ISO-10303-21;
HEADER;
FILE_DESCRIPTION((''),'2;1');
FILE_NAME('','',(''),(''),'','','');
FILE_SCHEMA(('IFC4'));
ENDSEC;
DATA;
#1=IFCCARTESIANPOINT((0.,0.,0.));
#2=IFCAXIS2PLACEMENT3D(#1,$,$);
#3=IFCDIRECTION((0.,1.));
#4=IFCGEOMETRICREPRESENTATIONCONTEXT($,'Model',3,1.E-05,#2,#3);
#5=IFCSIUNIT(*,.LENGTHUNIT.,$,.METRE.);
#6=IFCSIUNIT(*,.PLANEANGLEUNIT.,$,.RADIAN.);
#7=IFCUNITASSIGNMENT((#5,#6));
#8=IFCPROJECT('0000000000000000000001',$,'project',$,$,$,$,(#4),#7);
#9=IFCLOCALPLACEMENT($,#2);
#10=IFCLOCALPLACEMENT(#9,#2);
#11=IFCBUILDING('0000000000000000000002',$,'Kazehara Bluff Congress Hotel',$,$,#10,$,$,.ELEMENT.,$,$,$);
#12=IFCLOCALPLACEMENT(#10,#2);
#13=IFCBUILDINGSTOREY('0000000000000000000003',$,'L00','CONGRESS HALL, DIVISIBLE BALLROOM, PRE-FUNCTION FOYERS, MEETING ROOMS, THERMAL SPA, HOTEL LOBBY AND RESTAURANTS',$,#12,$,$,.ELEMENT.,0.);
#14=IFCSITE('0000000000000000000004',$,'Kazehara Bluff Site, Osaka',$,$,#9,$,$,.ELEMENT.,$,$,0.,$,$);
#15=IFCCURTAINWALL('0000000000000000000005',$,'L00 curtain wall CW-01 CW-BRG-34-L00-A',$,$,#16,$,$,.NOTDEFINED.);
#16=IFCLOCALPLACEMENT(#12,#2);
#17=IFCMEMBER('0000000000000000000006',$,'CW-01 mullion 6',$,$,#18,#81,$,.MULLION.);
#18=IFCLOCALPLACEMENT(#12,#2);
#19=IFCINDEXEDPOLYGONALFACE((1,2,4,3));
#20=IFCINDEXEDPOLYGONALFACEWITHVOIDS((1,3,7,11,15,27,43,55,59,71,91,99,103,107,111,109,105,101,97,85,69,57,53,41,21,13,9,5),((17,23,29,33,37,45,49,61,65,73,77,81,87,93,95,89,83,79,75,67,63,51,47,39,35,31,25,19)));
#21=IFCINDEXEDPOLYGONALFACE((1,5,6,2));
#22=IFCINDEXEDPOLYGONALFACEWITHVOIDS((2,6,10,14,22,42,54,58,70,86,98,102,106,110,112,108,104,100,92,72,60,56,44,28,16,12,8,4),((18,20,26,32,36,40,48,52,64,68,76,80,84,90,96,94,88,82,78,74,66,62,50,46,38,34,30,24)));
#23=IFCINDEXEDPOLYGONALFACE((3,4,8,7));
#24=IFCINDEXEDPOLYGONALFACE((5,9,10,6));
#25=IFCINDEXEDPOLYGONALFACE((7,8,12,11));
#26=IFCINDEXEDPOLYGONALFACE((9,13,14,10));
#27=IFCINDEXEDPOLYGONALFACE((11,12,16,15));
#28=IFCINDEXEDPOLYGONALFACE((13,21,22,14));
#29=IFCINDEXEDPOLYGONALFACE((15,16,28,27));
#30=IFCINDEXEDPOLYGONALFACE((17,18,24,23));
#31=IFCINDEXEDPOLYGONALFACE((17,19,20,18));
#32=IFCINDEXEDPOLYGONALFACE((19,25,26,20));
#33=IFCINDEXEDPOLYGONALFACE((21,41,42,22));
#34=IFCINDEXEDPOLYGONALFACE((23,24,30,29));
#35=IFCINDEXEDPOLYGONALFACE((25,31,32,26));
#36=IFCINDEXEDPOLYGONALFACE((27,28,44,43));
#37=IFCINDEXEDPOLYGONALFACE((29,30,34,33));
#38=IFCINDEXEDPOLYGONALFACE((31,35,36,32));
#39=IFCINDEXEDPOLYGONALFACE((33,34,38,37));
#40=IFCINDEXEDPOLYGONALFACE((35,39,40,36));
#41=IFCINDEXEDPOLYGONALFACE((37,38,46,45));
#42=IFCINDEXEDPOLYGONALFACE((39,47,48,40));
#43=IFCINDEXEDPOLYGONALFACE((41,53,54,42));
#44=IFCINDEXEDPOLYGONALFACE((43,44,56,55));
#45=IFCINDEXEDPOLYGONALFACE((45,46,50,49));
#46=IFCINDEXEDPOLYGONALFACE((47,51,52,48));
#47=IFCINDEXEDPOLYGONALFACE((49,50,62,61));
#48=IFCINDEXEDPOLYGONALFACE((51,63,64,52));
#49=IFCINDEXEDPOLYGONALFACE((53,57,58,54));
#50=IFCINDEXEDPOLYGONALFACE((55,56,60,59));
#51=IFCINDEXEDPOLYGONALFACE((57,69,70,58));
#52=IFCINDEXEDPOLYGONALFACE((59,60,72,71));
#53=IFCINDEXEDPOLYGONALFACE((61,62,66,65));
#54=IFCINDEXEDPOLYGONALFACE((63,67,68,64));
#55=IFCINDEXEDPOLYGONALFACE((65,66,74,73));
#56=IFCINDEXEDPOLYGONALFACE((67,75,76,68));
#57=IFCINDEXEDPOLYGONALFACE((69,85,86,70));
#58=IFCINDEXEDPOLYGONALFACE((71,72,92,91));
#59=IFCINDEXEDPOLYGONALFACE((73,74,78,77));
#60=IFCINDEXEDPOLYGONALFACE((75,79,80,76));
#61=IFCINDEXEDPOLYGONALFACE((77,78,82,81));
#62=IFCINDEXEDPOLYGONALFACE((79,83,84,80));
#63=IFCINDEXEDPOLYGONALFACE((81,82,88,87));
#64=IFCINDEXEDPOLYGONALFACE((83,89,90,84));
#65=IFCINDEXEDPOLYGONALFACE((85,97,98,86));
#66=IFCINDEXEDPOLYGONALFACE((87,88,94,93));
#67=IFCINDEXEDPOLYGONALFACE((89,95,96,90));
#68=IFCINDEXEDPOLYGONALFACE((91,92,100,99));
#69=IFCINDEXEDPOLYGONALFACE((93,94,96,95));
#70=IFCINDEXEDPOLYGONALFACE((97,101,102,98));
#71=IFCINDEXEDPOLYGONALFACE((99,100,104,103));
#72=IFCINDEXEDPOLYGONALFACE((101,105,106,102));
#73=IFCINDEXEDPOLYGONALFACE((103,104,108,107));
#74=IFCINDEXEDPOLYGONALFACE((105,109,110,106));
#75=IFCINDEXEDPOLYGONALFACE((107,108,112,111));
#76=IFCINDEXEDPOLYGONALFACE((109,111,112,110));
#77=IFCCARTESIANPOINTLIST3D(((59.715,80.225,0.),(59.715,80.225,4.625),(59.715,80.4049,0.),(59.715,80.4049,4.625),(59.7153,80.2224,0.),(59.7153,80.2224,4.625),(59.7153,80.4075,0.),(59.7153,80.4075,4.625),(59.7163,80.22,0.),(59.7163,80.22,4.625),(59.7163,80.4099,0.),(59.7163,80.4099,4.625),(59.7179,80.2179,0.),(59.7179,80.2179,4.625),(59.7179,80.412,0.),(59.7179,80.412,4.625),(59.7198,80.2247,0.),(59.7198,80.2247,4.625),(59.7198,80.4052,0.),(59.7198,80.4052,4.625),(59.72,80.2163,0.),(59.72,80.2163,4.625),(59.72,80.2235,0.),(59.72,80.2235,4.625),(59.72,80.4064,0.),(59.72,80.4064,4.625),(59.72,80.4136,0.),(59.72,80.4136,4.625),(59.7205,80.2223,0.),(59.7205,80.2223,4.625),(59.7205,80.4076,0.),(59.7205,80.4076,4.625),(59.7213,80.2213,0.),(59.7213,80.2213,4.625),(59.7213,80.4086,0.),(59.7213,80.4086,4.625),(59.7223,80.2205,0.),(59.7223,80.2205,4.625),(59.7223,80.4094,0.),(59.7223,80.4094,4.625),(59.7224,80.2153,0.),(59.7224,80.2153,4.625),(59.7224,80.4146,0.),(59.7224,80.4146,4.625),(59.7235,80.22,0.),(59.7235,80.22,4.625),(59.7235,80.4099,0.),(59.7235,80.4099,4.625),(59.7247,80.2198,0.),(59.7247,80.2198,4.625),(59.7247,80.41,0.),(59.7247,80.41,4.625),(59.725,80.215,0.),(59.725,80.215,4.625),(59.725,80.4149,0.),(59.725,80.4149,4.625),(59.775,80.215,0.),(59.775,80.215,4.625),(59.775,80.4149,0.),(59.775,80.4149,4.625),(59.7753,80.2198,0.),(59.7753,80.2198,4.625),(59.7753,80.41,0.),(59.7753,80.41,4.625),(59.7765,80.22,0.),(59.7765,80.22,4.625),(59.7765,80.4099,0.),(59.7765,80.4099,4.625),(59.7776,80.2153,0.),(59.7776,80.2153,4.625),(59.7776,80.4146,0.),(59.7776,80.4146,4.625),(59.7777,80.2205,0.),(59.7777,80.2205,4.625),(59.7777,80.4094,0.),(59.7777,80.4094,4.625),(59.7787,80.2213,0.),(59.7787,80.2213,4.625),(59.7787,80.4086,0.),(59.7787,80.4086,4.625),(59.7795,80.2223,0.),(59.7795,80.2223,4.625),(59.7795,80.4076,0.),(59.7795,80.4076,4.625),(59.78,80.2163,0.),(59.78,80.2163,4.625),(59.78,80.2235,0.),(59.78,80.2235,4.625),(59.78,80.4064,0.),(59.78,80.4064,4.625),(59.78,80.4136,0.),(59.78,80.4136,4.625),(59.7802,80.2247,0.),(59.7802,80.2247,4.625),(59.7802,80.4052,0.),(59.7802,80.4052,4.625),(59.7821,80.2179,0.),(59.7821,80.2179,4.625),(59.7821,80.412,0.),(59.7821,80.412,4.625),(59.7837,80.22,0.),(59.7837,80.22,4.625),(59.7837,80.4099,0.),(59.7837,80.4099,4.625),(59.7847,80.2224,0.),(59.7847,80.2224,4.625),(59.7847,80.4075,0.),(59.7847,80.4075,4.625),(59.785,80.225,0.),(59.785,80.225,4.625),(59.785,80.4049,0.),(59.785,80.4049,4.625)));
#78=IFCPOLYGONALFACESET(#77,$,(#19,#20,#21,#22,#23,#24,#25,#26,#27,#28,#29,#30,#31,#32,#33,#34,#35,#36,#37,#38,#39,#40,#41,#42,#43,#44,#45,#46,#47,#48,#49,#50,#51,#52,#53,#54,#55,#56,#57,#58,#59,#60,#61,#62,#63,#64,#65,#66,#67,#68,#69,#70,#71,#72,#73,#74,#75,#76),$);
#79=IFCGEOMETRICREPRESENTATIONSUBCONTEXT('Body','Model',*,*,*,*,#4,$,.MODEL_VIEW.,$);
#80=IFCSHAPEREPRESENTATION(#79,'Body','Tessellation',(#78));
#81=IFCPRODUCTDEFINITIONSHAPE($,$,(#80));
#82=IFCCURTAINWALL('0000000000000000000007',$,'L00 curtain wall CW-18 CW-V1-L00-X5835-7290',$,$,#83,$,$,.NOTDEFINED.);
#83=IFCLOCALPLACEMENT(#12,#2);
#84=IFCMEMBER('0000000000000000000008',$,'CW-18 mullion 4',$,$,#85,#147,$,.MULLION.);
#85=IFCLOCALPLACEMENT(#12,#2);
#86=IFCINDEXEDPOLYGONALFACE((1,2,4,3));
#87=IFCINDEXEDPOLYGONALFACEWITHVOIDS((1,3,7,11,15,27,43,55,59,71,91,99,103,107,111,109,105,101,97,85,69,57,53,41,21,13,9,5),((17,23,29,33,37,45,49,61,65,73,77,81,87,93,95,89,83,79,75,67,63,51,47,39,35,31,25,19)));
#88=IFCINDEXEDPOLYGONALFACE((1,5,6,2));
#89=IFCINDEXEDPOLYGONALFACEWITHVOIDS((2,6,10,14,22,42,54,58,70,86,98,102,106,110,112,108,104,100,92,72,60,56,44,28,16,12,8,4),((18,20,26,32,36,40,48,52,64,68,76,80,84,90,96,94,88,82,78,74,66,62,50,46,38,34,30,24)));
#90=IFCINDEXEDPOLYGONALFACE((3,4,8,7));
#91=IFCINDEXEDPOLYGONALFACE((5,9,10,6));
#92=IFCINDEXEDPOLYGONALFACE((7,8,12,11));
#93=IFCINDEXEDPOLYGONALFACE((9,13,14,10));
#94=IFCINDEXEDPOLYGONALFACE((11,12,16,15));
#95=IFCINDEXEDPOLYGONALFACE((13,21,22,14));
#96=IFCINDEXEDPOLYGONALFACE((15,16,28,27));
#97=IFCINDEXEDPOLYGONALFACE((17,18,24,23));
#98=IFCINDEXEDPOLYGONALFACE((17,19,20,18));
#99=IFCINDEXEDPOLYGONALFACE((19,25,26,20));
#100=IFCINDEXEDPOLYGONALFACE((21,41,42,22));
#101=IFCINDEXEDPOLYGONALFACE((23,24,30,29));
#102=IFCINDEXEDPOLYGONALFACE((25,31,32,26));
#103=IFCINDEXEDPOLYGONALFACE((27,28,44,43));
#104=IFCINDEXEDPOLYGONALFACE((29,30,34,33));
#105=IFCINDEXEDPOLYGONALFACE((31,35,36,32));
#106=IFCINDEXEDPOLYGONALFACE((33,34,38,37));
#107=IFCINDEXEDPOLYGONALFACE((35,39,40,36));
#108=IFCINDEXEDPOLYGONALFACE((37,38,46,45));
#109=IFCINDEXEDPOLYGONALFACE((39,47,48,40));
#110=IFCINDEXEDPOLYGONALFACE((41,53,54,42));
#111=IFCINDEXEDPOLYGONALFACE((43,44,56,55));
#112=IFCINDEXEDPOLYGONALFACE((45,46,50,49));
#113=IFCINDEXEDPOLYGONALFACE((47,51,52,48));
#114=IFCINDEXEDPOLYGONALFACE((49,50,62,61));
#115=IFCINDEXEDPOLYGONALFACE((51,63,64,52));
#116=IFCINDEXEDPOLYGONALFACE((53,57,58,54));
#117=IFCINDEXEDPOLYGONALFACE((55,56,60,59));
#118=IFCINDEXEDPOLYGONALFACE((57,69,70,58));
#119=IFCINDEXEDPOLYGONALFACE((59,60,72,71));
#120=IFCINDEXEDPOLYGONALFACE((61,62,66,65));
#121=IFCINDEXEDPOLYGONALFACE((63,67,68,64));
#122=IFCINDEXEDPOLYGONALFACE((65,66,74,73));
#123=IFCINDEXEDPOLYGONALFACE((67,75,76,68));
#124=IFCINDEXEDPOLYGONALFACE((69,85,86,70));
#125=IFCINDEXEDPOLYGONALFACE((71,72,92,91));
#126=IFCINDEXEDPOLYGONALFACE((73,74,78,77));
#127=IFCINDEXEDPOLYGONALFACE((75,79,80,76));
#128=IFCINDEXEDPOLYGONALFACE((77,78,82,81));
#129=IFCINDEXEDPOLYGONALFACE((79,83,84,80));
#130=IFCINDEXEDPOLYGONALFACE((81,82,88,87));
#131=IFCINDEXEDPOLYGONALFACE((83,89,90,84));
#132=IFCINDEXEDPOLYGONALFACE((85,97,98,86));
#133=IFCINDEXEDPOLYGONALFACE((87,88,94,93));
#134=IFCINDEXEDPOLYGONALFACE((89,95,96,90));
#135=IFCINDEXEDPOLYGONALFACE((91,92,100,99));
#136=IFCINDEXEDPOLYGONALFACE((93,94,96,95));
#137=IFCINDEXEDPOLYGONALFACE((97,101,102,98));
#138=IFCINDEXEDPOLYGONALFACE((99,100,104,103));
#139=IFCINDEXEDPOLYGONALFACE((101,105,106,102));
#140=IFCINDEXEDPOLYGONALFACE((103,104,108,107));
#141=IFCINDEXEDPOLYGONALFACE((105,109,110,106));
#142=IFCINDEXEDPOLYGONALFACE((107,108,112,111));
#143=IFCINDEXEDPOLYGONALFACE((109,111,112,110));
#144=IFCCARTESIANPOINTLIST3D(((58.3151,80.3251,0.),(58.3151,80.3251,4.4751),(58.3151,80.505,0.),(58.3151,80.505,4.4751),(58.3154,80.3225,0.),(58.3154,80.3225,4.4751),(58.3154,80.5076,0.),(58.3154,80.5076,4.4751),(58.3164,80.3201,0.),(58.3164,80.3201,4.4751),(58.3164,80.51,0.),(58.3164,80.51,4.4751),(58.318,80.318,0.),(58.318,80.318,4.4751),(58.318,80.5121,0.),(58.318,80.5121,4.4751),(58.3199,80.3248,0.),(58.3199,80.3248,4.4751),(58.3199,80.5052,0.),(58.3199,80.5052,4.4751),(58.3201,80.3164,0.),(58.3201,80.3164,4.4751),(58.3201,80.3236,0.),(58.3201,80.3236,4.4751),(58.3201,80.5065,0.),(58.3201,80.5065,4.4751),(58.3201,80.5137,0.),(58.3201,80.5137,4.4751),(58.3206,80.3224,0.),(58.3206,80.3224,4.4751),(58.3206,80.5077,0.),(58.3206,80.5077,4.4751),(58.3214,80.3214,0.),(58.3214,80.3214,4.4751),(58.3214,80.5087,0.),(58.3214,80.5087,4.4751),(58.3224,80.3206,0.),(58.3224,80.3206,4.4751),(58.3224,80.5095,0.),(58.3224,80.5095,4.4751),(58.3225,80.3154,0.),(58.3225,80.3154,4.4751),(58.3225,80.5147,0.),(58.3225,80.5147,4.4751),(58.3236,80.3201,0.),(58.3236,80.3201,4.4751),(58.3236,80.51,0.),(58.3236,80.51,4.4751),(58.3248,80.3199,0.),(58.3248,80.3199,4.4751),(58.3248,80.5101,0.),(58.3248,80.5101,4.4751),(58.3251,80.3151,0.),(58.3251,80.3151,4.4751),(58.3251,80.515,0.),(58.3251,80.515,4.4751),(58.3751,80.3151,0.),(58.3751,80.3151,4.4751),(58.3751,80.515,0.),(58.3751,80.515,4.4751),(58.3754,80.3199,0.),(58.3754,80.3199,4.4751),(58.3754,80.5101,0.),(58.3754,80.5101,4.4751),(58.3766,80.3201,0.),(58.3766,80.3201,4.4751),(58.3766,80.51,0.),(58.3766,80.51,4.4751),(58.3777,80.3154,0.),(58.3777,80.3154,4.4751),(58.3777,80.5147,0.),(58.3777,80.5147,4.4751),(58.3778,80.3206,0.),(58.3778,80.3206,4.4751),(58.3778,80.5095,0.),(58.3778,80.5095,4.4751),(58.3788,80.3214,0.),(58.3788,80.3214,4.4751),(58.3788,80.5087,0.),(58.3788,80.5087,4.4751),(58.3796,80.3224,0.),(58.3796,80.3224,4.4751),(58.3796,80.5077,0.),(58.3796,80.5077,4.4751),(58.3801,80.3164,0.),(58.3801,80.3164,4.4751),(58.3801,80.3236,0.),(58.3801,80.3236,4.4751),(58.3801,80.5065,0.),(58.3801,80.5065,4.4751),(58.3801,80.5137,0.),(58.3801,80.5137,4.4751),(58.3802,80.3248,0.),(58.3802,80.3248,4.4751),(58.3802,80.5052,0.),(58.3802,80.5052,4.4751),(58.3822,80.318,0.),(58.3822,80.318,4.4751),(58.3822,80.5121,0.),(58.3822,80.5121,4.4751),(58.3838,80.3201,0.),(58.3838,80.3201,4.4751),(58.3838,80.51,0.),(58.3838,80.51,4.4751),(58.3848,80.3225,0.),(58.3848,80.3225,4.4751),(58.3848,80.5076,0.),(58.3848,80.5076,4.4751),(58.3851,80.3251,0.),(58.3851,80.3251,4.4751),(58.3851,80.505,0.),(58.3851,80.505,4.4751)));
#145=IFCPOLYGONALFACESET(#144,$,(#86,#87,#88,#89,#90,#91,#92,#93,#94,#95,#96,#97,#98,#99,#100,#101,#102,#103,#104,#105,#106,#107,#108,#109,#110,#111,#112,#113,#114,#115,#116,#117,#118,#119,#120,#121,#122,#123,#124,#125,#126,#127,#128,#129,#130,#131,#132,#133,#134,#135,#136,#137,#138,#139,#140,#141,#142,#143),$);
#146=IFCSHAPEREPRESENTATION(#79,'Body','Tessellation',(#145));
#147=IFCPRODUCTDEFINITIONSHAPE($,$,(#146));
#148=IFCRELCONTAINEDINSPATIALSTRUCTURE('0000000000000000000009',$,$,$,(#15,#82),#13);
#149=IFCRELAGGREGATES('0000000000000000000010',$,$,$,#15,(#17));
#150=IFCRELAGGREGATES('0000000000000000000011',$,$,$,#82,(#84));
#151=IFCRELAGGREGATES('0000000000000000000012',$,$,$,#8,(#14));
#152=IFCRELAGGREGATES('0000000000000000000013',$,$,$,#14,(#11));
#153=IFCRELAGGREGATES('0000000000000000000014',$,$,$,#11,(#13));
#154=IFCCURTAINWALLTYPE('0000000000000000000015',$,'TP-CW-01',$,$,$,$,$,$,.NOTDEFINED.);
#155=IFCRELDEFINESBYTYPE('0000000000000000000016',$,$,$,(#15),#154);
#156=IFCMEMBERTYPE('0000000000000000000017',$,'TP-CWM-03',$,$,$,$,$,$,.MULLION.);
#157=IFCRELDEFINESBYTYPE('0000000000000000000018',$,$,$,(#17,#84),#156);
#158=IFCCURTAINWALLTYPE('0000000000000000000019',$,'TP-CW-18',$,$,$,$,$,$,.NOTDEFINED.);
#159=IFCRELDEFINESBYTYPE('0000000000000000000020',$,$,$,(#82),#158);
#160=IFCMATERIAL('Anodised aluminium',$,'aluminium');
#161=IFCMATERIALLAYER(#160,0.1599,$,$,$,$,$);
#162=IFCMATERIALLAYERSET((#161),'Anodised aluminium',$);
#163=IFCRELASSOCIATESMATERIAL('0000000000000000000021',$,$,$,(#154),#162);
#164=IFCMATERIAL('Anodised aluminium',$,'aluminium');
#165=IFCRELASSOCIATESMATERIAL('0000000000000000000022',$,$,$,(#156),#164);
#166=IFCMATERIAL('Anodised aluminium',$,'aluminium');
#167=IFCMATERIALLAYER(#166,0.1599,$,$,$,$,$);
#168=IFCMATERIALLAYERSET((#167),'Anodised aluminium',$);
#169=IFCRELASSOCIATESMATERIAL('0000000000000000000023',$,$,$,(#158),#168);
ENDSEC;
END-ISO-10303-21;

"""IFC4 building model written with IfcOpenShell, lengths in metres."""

from ifc_helpers import new_model, si_unit, direction, frame, origin, origin_2d, place, context, subcontext, project, spatial, hollow_rectangle, extrude, material, layer, layer_set, material_profile, profile_set, type_object, element, aggregate, save


model = new_model("IFC4")

# Units and contexts
model_context = context("Model", 3, precision=1e-05, world=origin(), true_north=direction((0.0, 1.0)))
body_context = subcontext(model_context, "Body", "Model", "MODEL_VIEW")
ifc_project = project(units=[si_unit("LENGTHUNIT", "METRE"), si_unit("PLANEANGLEUNIT", "RADIAN")], contexts=[model_context])

# Site, building, storey
site_placement = place(None, origin())
site = spatial("IfcSite", under=ifc_project, at=site_placement, Name="Kazehara Bluff Site, Osaka", CompositionType="ELEMENT", RefElevation=0.0)
building_placement = place(site_placement, origin())
building = spatial("IfcBuilding", under=site, at=building_placement, Name="Kazehara Bluff Congress Hotel", CompositionType="ELEMENT")
storey_placement = place(building_placement, origin())
storey = spatial("IfcBuildingStorey", under=building, at=storey_placement, Name="L00", Description="CONGRESS HALL, DIVISIBLE BALLROOM, PRE-FUNCTION FOYERS, MEETING ROOMS, THERMAL SPA, HOTEL LOBBY AND RESTAURANTS", CompositionType="ELEMENT", Elevation=0.0)

# Curtain wall, member
ifc_material_1 = material(Name="Anodised aluminium", Category="aluminium")
ifc_layer_1 = layer(ifc_material_1, 0.1599)
ifc_layer_set_1 = layer_set([ifc_layer_1], Name="Anodised aluminium")
curtain_wall_type_1 = type_object("IfcCurtainWallType", Name="TP-CW-01", PredefinedType="NOTDEFINED", material=ifc_layer_set_1)
curtain_wall_1_placement = place(storey_placement, origin())
curtain_wall_1 = element("IfcCurtainWall", 1, at=curtain_wall_1_placement, inside=storey, type_object=curtain_wall_type_1, Name="L00 curtain wall CW-01 CW-BRG-34-L00-A", PredefinedType="NOTDEFINED")
ifc_material_2 = material(Name="Anodised aluminium", Category="aluminium")
ifc_material_profile_1 = material_profile(ifc_material_2, hollow_rectangle(XDim=0.0701, YDim=0.2, WallThickness=0.0049, InnerFilletRadius=0.0049, OuterFilletRadius=0.01, at=origin_2d()))
ifc_profile_set_1 = profile_set([ifc_material_profile_1], Name="Anodised aluminium")
member_type_1 = type_object("IfcMemberType", Name="TP-CWM-03", PredefinedType="MULLION", material=ifc_profile_set_1)
member_1_placement = place(storey_placement, frame((59.75, 80.3149, 0.0), z_axis=(0.0, 0.0, 1.0), x_axis=(-1.0, 0.0, 0.0)))
member_1 = element("IfcMember", 2, at=member_1_placement, type_object=member_type_1, Name="CW-01 mullion 6", PredefinedType="MULLION", context=body_context, shape_type="SweptSolid", body=[
    extrude(hollow_rectangle(XDim=0.0701, YDim=0.2, WallThickness=0.0049, InnerFilletRadius=0.0049, OuterFilletRadius=0.01, at=origin_2d()), origin(), (0.0, 0.0, 1.0), 4.625),
])

# Curtain wall, member
ifc_material_3 = material(Name="Anodised aluminium", Category="aluminium")
ifc_layer_2 = layer(ifc_material_3, 0.1599)
ifc_layer_set_2 = layer_set([ifc_layer_2], Name="Anodised aluminium")
curtain_wall_type_2 = type_object("IfcCurtainWallType", Name="TP-CW-18", PredefinedType="NOTDEFINED", material=ifc_layer_set_2)
curtain_wall_2_placement = place(storey_placement, origin())
curtain_wall_2 = element("IfcCurtainWall", 3, at=curtain_wall_2_placement, inside=storey, type_object=curtain_wall_type_2, Name="L00 curtain wall CW-18 CW-V1-L00-X5835-7290", PredefinedType="NOTDEFINED")
member_2_placement = place(storey_placement, frame((58.3501, 80.415, 0.0), z_axis=(0.0, 0.0, 1.0), x_axis=(-1.0, 0.0, 0.0)))
member_2 = element("IfcMember", 4, at=member_2_placement, type_object=member_type_1, Name="CW-18 mullion 4", PredefinedType="MULLION", context=body_context, shape_type="SweptSolid", body=[
    extrude(hollow_rectangle(XDim=0.0701, YDim=0.2, WallThickness=0.0049, InnerFilletRadius=0.0049, OuterFilletRadius=0.01, at=origin_2d()), origin(), (0.0, 0.0, 1.0), 4.4751),
])

aggregate(curtain_wall_1, [member_1])
aggregate(curtain_wall_2, [member_2])

save(model, "model.ifc")
